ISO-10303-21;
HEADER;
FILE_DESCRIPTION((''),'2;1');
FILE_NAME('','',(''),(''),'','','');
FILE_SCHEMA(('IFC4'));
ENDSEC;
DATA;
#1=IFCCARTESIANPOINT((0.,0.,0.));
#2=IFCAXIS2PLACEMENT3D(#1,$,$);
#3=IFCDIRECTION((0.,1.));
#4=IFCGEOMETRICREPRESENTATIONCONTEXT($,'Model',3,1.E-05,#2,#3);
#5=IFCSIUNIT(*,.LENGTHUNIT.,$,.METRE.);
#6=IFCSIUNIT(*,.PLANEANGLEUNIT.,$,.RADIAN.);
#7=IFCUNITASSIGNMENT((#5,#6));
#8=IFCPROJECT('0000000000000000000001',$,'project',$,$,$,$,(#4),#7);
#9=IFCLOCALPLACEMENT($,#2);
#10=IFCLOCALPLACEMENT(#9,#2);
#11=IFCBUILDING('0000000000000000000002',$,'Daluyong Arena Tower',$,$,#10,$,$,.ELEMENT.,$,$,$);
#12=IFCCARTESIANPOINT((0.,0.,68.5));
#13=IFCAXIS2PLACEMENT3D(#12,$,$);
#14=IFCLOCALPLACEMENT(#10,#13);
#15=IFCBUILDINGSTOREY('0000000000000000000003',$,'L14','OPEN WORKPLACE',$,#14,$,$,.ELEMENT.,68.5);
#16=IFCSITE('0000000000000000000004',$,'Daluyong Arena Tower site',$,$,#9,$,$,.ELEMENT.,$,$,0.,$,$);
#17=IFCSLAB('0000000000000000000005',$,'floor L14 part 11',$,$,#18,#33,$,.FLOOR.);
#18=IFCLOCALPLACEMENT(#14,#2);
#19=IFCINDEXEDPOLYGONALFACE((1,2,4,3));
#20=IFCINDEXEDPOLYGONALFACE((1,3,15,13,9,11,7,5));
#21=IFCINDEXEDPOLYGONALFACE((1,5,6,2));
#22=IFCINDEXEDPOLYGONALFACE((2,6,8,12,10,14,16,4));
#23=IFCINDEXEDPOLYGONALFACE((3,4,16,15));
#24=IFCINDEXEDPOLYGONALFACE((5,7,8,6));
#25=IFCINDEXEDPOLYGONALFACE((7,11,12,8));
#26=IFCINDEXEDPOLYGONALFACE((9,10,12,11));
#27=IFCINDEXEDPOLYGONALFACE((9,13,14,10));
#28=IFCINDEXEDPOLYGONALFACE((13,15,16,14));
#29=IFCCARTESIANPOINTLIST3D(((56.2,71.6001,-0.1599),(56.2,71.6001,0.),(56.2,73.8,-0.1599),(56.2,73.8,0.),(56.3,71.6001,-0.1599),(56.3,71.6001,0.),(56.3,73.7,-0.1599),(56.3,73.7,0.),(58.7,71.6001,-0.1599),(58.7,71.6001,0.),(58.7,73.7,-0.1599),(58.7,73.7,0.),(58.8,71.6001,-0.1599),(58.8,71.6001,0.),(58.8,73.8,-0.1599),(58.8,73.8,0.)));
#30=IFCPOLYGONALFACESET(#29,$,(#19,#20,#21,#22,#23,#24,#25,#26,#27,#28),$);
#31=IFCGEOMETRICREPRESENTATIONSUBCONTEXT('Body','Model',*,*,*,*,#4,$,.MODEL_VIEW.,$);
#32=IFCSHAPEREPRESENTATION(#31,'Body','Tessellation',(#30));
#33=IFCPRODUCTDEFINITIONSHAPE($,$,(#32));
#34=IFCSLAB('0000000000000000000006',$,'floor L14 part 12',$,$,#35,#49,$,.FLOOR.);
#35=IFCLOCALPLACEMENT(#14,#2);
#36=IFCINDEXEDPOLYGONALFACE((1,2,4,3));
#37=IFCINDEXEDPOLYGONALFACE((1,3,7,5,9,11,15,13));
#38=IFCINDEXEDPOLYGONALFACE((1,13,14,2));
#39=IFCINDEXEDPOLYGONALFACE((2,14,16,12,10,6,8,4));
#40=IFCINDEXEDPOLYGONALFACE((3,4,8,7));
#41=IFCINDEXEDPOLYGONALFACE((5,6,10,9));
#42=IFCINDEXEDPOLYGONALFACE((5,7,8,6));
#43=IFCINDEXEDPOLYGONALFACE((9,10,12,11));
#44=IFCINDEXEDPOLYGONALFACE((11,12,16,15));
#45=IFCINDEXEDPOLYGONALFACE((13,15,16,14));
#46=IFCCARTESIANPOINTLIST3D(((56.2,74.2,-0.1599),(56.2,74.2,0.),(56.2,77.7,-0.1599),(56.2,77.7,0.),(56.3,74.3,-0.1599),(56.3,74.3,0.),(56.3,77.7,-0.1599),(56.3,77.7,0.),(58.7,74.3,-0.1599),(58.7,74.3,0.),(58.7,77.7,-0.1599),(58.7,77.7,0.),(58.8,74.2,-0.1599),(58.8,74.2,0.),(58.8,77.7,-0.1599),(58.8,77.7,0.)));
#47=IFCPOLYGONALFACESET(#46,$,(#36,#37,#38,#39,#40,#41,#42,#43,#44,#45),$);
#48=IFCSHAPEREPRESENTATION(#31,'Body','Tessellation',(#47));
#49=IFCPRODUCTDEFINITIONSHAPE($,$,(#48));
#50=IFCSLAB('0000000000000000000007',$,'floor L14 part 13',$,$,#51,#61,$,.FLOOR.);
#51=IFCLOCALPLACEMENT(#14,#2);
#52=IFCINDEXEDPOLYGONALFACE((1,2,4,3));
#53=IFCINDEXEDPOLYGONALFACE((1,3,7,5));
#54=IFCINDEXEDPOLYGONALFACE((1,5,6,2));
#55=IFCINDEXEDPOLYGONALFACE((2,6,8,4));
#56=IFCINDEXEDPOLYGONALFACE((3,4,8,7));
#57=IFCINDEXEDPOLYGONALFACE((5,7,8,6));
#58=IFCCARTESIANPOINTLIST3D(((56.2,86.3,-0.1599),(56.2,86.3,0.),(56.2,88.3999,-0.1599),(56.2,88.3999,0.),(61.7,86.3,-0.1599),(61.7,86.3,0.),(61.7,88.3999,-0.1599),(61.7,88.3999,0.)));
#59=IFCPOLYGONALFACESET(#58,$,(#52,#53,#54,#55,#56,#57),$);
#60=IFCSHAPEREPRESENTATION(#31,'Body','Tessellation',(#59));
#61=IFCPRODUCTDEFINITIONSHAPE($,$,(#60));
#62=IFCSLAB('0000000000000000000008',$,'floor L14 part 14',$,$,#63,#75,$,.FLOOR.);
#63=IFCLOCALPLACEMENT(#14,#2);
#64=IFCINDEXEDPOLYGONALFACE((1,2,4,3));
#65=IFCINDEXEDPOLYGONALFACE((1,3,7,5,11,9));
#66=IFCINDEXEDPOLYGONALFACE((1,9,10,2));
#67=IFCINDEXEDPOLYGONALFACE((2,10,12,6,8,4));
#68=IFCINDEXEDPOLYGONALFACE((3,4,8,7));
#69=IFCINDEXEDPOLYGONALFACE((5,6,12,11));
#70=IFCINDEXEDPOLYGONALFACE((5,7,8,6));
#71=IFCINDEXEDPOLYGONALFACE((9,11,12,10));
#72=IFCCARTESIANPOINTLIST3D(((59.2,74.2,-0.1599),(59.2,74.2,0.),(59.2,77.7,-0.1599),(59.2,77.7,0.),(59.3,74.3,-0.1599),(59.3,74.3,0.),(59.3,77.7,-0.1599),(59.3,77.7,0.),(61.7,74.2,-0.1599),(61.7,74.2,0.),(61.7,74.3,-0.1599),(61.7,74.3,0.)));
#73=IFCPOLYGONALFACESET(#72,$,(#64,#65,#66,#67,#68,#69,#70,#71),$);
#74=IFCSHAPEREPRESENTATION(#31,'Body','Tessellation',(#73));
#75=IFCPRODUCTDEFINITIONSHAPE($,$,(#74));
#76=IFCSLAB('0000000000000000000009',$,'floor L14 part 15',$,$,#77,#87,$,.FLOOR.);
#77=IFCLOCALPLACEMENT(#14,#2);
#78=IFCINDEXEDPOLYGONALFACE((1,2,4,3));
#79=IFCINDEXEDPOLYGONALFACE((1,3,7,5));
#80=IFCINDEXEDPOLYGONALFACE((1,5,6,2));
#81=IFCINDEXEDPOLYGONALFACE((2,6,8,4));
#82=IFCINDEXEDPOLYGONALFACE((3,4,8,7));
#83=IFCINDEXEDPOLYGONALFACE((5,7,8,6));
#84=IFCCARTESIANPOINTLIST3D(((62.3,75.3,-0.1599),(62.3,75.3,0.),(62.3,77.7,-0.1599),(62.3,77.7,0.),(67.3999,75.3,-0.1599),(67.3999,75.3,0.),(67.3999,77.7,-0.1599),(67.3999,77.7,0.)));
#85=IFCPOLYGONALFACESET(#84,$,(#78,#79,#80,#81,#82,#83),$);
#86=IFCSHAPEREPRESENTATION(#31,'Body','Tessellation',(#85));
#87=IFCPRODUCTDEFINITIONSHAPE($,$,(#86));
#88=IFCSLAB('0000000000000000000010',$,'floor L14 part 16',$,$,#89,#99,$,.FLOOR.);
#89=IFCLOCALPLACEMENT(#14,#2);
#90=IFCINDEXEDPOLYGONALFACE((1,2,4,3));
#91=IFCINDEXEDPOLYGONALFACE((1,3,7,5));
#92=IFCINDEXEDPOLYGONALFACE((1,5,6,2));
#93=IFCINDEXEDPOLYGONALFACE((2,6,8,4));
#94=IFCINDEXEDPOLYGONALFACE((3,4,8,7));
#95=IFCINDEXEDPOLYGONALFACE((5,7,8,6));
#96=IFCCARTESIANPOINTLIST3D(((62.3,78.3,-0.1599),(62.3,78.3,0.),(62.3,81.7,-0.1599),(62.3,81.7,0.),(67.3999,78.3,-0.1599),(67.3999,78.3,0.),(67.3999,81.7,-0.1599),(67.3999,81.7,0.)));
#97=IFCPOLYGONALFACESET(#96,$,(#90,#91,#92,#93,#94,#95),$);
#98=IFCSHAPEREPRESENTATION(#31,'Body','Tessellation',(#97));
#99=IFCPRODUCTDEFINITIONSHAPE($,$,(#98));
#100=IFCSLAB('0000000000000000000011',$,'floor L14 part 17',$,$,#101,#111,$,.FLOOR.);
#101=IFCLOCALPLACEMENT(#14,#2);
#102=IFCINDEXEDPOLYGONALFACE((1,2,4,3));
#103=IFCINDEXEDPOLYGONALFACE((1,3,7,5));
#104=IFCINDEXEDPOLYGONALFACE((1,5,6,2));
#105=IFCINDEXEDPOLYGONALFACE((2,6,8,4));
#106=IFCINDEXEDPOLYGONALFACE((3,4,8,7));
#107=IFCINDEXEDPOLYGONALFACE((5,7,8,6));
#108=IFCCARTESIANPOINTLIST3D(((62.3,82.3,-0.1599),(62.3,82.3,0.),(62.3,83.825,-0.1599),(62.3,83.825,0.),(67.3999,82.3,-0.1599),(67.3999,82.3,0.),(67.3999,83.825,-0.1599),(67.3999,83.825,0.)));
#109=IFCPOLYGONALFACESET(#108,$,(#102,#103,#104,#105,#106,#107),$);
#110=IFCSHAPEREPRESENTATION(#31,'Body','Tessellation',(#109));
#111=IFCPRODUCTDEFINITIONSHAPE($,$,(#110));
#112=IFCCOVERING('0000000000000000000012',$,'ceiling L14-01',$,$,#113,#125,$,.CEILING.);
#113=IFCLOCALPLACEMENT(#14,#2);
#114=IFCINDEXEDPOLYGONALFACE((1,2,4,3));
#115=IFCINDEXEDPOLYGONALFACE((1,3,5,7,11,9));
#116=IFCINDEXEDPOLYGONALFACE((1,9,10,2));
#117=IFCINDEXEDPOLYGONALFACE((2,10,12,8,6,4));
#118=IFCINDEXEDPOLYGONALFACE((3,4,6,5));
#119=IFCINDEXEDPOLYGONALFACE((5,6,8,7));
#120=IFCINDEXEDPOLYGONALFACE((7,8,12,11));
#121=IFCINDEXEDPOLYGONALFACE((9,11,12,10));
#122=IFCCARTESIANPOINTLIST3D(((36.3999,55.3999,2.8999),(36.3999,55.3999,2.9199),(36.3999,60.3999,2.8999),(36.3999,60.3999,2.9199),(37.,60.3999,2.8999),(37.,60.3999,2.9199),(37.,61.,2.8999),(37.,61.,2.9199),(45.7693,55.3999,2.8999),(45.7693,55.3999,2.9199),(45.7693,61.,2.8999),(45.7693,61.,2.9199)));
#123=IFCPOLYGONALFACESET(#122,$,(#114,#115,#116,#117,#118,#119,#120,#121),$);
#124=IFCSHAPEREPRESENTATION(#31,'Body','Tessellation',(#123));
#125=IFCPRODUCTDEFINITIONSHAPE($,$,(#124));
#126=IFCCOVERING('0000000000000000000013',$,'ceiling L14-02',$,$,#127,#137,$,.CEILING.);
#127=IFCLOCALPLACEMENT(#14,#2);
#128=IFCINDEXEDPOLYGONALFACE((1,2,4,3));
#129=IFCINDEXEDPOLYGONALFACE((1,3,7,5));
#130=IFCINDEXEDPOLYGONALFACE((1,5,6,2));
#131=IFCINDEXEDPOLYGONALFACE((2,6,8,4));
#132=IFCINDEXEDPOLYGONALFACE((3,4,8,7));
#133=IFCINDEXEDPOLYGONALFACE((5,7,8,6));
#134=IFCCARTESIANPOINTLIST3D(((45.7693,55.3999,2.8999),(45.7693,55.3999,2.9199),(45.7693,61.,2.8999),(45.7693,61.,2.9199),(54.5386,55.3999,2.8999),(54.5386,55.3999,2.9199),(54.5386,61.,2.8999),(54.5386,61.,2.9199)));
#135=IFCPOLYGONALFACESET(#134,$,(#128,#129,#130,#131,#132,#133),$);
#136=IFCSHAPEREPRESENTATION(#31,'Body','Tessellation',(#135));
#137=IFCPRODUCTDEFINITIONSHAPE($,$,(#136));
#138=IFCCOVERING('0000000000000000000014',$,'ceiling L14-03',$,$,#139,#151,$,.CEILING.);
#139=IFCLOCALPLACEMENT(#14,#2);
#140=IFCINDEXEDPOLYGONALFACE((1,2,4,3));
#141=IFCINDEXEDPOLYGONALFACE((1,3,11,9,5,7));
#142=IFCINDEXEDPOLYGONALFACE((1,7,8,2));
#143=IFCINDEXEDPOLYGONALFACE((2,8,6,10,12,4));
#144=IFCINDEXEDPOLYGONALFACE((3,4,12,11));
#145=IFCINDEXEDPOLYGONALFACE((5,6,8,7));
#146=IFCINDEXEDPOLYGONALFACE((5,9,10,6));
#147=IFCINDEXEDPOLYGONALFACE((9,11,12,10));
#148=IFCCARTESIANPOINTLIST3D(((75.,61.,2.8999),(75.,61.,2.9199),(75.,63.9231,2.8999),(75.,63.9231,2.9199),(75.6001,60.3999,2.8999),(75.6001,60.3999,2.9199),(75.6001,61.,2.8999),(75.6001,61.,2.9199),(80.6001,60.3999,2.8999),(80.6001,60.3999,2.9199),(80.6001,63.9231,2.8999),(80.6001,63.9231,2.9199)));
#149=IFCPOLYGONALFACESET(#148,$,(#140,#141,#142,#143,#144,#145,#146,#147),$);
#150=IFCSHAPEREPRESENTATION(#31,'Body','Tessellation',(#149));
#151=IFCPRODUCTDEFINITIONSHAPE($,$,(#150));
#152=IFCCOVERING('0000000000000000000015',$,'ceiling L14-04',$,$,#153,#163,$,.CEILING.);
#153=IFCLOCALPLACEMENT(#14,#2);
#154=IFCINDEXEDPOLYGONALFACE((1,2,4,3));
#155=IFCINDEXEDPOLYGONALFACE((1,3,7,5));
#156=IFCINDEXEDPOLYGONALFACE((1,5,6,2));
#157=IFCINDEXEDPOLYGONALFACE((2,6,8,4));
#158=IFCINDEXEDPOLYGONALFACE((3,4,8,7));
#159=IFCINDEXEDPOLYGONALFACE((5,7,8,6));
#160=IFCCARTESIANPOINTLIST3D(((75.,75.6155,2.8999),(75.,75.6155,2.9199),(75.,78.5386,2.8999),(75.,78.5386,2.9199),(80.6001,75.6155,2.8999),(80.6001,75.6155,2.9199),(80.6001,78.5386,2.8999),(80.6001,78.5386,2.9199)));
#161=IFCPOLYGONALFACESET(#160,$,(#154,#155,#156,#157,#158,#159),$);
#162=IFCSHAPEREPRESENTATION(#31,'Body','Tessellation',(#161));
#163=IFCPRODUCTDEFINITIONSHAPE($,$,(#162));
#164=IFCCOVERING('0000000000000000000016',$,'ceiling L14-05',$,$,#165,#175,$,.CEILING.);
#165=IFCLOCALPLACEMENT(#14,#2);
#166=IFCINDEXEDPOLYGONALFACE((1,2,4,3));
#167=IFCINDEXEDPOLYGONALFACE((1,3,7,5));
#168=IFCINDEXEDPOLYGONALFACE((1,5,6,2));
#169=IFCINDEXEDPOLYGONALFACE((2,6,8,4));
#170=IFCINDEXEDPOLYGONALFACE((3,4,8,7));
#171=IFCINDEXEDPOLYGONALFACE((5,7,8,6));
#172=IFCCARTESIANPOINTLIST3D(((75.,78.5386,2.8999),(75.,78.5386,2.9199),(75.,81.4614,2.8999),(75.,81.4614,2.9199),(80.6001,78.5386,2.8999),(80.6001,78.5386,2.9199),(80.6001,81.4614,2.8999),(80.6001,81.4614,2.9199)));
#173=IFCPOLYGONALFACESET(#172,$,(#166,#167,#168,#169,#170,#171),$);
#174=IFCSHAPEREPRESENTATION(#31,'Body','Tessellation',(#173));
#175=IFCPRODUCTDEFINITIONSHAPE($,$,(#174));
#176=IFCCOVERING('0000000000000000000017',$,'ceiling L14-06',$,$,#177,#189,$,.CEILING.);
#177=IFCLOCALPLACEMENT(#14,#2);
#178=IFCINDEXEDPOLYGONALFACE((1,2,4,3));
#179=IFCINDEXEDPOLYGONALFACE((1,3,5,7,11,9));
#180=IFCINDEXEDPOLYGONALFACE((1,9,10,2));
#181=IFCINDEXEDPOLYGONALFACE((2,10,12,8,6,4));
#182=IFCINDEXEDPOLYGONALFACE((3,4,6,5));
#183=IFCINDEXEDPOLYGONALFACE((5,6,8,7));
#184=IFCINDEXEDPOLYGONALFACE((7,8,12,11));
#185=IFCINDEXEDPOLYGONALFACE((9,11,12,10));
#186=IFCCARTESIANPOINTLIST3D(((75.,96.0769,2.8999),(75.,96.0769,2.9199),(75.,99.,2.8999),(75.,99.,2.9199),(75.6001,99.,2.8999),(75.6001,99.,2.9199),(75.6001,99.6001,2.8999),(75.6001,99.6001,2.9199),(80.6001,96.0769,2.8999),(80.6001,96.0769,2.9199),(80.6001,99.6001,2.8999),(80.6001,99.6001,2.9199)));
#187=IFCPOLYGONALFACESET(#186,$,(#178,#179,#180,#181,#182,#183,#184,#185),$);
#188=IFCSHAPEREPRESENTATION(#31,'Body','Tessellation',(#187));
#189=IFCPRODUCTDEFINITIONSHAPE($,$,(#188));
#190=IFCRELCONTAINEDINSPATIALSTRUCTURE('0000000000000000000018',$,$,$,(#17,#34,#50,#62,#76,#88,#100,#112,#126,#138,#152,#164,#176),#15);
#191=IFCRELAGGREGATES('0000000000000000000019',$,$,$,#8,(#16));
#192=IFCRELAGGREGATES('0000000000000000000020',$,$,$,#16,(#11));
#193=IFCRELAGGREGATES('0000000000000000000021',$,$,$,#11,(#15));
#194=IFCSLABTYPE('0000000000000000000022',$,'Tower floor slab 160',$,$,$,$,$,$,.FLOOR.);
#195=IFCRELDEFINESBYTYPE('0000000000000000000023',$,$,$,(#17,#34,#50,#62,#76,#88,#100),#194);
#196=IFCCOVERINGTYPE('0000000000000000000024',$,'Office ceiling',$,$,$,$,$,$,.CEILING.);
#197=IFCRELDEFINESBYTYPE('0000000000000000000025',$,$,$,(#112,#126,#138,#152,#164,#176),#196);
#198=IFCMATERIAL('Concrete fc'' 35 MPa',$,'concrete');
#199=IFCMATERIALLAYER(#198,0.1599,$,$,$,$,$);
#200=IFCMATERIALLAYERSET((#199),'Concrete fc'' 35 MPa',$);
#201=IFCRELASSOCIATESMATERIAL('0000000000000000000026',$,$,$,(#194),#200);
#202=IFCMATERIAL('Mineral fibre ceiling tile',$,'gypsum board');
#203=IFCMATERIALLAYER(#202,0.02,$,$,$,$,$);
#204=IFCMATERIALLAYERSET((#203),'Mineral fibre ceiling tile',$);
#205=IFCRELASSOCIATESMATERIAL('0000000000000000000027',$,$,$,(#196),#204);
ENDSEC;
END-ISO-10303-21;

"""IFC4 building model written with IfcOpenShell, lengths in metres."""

from ifc_helpers import new_model, si_unit, direction, frame, origin, place, context, subcontext, project, spatial, polyline, outline, extrude, material, layer, layer_set, type_object, element, save


model = new_model("IFC4")

# Units and contexts
model_context = context("Model", 3, precision=1e-05, world=origin(), true_north=direction((0.0, 1.0)))
body_context = subcontext(model_context, "Body", "Model", "MODEL_VIEW")
ifc_project = project(units=[si_unit("LENGTHUNIT", "METRE"), si_unit("PLANEANGLEUNIT", "RADIAN")], contexts=[model_context])

# Site, building, storey
site_placement = place(None, origin())
site = spatial("IfcSite", under=ifc_project, at=site_placement, Name="Daluyong Arena Tower site", CompositionType="ELEMENT", RefElevation=0.0)
building_placement = place(site_placement, origin())
building = spatial("IfcBuilding", under=site, at=building_placement, Name="Daluyong Arena Tower", CompositionType="ELEMENT")
storey_placement = place(building_placement, frame((0.0, 0.0, 68.5)))
storey = spatial("IfcBuildingStorey", under=building, at=storey_placement, Name="L14", Description="OPEN WORKPLACE", CompositionType="ELEMENT", Elevation=68.5)

# Slabs
ifc_material_1 = material(Name="Concrete fc' 35 MPa", Category="concrete")
ifc_layer_1 = layer(ifc_material_1, 0.1599)
ifc_layer_set_1 = layer_set([ifc_layer_1], Name="Concrete fc' 35 MPa")
slab_type_1 = type_object("IfcSlabType", Name="Tower floor slab 160", PredefinedType="FLOOR", material=ifc_layer_set_1)
slab_1_placement = place(storey_placement, frame((0.0, 0.0, -0.1599)))
element("IfcSlab", 1, at=slab_1_placement, inside=storey, type_object=slab_type_1, Name="floor L14 part 11", PredefinedType="FLOOR", context=body_context, shape_type="SweptSolid", body=[
    extrude(outline(polyline([(58.7, 73.7), (58.7, 71.6001), (58.8, 71.6001), (58.8, 73.8), (56.2, 73.8), (56.2, 71.6001), (56.3, 71.6001), (56.3, 73.7), (58.7, 73.7)])), origin(), (0.0, 0.0, 1.0), 0.1599),
])
slab_2_placement = place(storey_placement, frame((0.0, 0.0, -0.1599)))
element("IfcSlab", 2, at=slab_2_placement, inside=storey, type_object=slab_type_1, Name="floor L14 part 12", PredefinedType="FLOOR", context=body_context, shape_type="SweptSolid", body=[
    extrude(outline(polyline([(56.2, 77.7), (56.2, 74.2), (58.8, 74.2), (58.8, 77.7), (58.7, 77.7), (58.7, 74.3), (56.3, 74.3), (56.3, 77.7), (56.2, 77.7)])), origin(), (0.0, 0.0, 1.0), 0.1599),
])
slab_3_placement = place(storey_placement, frame((0.0, 0.0, -0.1599)))
element("IfcSlab", 3, at=slab_3_placement, inside=storey, type_object=slab_type_1, Name="floor L14 part 13", PredefinedType="FLOOR", context=body_context, shape_type="SweptSolid", body=[
    extrude(outline(polyline([(56.2, 86.3), (61.7, 86.3), (61.7, 88.3999), (56.2, 88.3999), (56.2, 86.3)])), origin(), (0.0, 0.0, 1.0), 0.1599),
])
slab_4_placement = place(storey_placement, frame((0.0, 0.0, -0.1599)))
element("IfcSlab", 4, at=slab_4_placement, inside=storey, type_object=slab_type_1, Name="floor L14 part 14", PredefinedType="FLOOR", context=body_context, shape_type="SweptSolid", body=[
    extrude(outline(polyline([(59.2, 74.2), (61.7, 74.2), (61.7, 74.3), (59.3, 74.3), (59.3, 77.7), (59.2, 77.7), (59.2, 74.2)])), origin(), (0.0, 0.0, 1.0), 0.1599),
])
slab_5_placement = place(storey_placement, frame((0.0, 0.0, -0.1599)))
element("IfcSlab", 5, at=slab_5_placement, inside=storey, type_object=slab_type_1, Name="floor L14 part 15", PredefinedType="FLOOR", context=body_context, shape_type="SweptSolid", body=[
    extrude(outline(polyline([(67.3999, 75.3), (67.3999, 77.7), (62.3, 77.7), (62.3, 75.3), (67.3999, 75.3)])), origin(), (0.0, 0.0, 1.0), 0.1599),
])
slab_6_placement = place(storey_placement, frame((0.0, 0.0, -0.1599)))
element("IfcSlab", 6, at=slab_6_placement, inside=storey, type_object=slab_type_1, Name="floor L14 part 16", PredefinedType="FLOOR", context=body_context, shape_type="SweptSolid", body=[
    extrude(outline(polyline([(67.3999, 78.3), (67.3999, 81.7), (62.3, 81.7), (62.3, 78.3), (67.3999, 78.3)])), origin(), (0.0, 0.0, 1.0), 0.1599),
])
slab_7_placement = place(storey_placement, frame((0.0, 0.0, -0.1599)))
element("IfcSlab", 7, at=slab_7_placement, inside=storey, type_object=slab_type_1, Name="floor L14 part 17", PredefinedType="FLOOR", context=body_context, shape_type="SweptSolid", body=[
    extrude(outline(polyline([(67.3999, 82.3), (67.3999, 83.825), (62.3, 83.825), (62.3, 82.3), (67.3999, 82.3)])), origin(), (0.0, 0.0, 1.0), 0.1599),
])

# Coverings
ifc_material_2 = material(Name="Mineral fibre ceiling tile", Category="gypsum board")
ifc_layer_2 = layer(ifc_material_2, 0.02)
ifc_layer_set_2 = layer_set([ifc_layer_2], Name="Mineral fibre ceiling tile")
covering_type = type_object("IfcCoveringType", Name="Office ceiling", PredefinedType="CEILING", material=ifc_layer_set_2)
covering_1_placement = place(storey_placement, frame((0.0, 0.0, 2.8999)))
element("IfcCovering", 8, at=covering_1_placement, inside=storey, type_object=covering_type, Name="ceiling L14-01", PredefinedType="CEILING", context=body_context, shape_type="SweptSolid", body=[
    extrude(outline(polyline([(36.3999, 60.3999), (36.3999, 55.3999), (45.7693, 55.3999), (45.7693, 61.0), (37.0, 61.0), (37.0, 60.3999), (36.3999, 60.3999)])), origin(), (0.0, 0.0, 1.0), 0.02),
])
covering_2_placement = place(storey_placement, frame((0.0, 0.0, 2.8999)))
element("IfcCovering", 9, at=covering_2_placement, inside=storey, type_object=covering_type, Name="ceiling L14-02", PredefinedType="CEILING", context=body_context, shape_type="SweptSolid", body=[
    extrude(outline(polyline([(45.7693, 61.0), (45.7693, 55.3999), (54.5386, 55.3999), (54.5386, 61.0), (45.7693, 61.0)])), origin(), (0.0, 0.0, 1.0), 0.02),
])
covering_3_placement = place(storey_placement, frame((0.0, 0.0, 2.8999)))
element("IfcCovering", 10, at=covering_3_placement, inside=storey, type_object=covering_type, Name="ceiling L14-03", PredefinedType="CEILING", context=body_context, shape_type="SweptSolid", body=[
    extrude(outline(polyline([(75.6001, 60.3999), (80.6001, 60.3999), (80.6001, 63.9231), (75.0, 63.9231), (75.0, 61.0), (75.6001, 61.0), (75.6001, 60.3999)])), origin(), (0.0, 0.0, 1.0), 0.02),
])
covering_4_placement = place(storey_placement, frame((0.0, 0.0, 2.8999)))
element("IfcCovering", 11, at=covering_4_placement, inside=storey, type_object=covering_type, Name="ceiling L14-04", PredefinedType="CEILING", context=body_context, shape_type="SweptSolid", body=[
    extrude(outline(polyline([(75.0, 75.6155), (80.6001, 75.6155), (80.6001, 78.5386), (75.0, 78.5386), (75.0, 75.6155)])), origin(), (0.0, 0.0, 1.0), 0.02),
])
covering_5_placement = place(storey_placement, frame((0.0, 0.0, 2.8999)))
element("IfcCovering", 12, at=covering_5_placement, inside=storey, type_object=covering_type, Name="ceiling L14-05", PredefinedType="CEILING", context=body_context, shape_type="SweptSolid", body=[
    extrude(outline(polyline([(75.0, 78.5386), (80.6001, 78.5386), (80.6001, 81.4614), (75.0, 81.4614), (75.0, 78.5386)])), origin(), (0.0, 0.0, 1.0), 0.02),
])
covering_6_placement = place(storey_placement, frame((0.0, 0.0, 2.8999)))
element("IfcCovering", 13, at=covering_6_placement, inside=storey, type_object=covering_type, Name="ceiling L14-06", PredefinedType="CEILING", context=body_context, shape_type="SweptSolid", body=[
    extrude(outline(polyline([(75.0, 96.0769), (80.6001, 96.0769), (80.6001, 99.6001), (75.6001, 99.6001), (75.6001, 99.0), (75.0, 99.0), (75.0, 96.0769)])), origin(), (0.0, 0.0, 1.0), 0.02),
])

save(model, "model.ifc")
